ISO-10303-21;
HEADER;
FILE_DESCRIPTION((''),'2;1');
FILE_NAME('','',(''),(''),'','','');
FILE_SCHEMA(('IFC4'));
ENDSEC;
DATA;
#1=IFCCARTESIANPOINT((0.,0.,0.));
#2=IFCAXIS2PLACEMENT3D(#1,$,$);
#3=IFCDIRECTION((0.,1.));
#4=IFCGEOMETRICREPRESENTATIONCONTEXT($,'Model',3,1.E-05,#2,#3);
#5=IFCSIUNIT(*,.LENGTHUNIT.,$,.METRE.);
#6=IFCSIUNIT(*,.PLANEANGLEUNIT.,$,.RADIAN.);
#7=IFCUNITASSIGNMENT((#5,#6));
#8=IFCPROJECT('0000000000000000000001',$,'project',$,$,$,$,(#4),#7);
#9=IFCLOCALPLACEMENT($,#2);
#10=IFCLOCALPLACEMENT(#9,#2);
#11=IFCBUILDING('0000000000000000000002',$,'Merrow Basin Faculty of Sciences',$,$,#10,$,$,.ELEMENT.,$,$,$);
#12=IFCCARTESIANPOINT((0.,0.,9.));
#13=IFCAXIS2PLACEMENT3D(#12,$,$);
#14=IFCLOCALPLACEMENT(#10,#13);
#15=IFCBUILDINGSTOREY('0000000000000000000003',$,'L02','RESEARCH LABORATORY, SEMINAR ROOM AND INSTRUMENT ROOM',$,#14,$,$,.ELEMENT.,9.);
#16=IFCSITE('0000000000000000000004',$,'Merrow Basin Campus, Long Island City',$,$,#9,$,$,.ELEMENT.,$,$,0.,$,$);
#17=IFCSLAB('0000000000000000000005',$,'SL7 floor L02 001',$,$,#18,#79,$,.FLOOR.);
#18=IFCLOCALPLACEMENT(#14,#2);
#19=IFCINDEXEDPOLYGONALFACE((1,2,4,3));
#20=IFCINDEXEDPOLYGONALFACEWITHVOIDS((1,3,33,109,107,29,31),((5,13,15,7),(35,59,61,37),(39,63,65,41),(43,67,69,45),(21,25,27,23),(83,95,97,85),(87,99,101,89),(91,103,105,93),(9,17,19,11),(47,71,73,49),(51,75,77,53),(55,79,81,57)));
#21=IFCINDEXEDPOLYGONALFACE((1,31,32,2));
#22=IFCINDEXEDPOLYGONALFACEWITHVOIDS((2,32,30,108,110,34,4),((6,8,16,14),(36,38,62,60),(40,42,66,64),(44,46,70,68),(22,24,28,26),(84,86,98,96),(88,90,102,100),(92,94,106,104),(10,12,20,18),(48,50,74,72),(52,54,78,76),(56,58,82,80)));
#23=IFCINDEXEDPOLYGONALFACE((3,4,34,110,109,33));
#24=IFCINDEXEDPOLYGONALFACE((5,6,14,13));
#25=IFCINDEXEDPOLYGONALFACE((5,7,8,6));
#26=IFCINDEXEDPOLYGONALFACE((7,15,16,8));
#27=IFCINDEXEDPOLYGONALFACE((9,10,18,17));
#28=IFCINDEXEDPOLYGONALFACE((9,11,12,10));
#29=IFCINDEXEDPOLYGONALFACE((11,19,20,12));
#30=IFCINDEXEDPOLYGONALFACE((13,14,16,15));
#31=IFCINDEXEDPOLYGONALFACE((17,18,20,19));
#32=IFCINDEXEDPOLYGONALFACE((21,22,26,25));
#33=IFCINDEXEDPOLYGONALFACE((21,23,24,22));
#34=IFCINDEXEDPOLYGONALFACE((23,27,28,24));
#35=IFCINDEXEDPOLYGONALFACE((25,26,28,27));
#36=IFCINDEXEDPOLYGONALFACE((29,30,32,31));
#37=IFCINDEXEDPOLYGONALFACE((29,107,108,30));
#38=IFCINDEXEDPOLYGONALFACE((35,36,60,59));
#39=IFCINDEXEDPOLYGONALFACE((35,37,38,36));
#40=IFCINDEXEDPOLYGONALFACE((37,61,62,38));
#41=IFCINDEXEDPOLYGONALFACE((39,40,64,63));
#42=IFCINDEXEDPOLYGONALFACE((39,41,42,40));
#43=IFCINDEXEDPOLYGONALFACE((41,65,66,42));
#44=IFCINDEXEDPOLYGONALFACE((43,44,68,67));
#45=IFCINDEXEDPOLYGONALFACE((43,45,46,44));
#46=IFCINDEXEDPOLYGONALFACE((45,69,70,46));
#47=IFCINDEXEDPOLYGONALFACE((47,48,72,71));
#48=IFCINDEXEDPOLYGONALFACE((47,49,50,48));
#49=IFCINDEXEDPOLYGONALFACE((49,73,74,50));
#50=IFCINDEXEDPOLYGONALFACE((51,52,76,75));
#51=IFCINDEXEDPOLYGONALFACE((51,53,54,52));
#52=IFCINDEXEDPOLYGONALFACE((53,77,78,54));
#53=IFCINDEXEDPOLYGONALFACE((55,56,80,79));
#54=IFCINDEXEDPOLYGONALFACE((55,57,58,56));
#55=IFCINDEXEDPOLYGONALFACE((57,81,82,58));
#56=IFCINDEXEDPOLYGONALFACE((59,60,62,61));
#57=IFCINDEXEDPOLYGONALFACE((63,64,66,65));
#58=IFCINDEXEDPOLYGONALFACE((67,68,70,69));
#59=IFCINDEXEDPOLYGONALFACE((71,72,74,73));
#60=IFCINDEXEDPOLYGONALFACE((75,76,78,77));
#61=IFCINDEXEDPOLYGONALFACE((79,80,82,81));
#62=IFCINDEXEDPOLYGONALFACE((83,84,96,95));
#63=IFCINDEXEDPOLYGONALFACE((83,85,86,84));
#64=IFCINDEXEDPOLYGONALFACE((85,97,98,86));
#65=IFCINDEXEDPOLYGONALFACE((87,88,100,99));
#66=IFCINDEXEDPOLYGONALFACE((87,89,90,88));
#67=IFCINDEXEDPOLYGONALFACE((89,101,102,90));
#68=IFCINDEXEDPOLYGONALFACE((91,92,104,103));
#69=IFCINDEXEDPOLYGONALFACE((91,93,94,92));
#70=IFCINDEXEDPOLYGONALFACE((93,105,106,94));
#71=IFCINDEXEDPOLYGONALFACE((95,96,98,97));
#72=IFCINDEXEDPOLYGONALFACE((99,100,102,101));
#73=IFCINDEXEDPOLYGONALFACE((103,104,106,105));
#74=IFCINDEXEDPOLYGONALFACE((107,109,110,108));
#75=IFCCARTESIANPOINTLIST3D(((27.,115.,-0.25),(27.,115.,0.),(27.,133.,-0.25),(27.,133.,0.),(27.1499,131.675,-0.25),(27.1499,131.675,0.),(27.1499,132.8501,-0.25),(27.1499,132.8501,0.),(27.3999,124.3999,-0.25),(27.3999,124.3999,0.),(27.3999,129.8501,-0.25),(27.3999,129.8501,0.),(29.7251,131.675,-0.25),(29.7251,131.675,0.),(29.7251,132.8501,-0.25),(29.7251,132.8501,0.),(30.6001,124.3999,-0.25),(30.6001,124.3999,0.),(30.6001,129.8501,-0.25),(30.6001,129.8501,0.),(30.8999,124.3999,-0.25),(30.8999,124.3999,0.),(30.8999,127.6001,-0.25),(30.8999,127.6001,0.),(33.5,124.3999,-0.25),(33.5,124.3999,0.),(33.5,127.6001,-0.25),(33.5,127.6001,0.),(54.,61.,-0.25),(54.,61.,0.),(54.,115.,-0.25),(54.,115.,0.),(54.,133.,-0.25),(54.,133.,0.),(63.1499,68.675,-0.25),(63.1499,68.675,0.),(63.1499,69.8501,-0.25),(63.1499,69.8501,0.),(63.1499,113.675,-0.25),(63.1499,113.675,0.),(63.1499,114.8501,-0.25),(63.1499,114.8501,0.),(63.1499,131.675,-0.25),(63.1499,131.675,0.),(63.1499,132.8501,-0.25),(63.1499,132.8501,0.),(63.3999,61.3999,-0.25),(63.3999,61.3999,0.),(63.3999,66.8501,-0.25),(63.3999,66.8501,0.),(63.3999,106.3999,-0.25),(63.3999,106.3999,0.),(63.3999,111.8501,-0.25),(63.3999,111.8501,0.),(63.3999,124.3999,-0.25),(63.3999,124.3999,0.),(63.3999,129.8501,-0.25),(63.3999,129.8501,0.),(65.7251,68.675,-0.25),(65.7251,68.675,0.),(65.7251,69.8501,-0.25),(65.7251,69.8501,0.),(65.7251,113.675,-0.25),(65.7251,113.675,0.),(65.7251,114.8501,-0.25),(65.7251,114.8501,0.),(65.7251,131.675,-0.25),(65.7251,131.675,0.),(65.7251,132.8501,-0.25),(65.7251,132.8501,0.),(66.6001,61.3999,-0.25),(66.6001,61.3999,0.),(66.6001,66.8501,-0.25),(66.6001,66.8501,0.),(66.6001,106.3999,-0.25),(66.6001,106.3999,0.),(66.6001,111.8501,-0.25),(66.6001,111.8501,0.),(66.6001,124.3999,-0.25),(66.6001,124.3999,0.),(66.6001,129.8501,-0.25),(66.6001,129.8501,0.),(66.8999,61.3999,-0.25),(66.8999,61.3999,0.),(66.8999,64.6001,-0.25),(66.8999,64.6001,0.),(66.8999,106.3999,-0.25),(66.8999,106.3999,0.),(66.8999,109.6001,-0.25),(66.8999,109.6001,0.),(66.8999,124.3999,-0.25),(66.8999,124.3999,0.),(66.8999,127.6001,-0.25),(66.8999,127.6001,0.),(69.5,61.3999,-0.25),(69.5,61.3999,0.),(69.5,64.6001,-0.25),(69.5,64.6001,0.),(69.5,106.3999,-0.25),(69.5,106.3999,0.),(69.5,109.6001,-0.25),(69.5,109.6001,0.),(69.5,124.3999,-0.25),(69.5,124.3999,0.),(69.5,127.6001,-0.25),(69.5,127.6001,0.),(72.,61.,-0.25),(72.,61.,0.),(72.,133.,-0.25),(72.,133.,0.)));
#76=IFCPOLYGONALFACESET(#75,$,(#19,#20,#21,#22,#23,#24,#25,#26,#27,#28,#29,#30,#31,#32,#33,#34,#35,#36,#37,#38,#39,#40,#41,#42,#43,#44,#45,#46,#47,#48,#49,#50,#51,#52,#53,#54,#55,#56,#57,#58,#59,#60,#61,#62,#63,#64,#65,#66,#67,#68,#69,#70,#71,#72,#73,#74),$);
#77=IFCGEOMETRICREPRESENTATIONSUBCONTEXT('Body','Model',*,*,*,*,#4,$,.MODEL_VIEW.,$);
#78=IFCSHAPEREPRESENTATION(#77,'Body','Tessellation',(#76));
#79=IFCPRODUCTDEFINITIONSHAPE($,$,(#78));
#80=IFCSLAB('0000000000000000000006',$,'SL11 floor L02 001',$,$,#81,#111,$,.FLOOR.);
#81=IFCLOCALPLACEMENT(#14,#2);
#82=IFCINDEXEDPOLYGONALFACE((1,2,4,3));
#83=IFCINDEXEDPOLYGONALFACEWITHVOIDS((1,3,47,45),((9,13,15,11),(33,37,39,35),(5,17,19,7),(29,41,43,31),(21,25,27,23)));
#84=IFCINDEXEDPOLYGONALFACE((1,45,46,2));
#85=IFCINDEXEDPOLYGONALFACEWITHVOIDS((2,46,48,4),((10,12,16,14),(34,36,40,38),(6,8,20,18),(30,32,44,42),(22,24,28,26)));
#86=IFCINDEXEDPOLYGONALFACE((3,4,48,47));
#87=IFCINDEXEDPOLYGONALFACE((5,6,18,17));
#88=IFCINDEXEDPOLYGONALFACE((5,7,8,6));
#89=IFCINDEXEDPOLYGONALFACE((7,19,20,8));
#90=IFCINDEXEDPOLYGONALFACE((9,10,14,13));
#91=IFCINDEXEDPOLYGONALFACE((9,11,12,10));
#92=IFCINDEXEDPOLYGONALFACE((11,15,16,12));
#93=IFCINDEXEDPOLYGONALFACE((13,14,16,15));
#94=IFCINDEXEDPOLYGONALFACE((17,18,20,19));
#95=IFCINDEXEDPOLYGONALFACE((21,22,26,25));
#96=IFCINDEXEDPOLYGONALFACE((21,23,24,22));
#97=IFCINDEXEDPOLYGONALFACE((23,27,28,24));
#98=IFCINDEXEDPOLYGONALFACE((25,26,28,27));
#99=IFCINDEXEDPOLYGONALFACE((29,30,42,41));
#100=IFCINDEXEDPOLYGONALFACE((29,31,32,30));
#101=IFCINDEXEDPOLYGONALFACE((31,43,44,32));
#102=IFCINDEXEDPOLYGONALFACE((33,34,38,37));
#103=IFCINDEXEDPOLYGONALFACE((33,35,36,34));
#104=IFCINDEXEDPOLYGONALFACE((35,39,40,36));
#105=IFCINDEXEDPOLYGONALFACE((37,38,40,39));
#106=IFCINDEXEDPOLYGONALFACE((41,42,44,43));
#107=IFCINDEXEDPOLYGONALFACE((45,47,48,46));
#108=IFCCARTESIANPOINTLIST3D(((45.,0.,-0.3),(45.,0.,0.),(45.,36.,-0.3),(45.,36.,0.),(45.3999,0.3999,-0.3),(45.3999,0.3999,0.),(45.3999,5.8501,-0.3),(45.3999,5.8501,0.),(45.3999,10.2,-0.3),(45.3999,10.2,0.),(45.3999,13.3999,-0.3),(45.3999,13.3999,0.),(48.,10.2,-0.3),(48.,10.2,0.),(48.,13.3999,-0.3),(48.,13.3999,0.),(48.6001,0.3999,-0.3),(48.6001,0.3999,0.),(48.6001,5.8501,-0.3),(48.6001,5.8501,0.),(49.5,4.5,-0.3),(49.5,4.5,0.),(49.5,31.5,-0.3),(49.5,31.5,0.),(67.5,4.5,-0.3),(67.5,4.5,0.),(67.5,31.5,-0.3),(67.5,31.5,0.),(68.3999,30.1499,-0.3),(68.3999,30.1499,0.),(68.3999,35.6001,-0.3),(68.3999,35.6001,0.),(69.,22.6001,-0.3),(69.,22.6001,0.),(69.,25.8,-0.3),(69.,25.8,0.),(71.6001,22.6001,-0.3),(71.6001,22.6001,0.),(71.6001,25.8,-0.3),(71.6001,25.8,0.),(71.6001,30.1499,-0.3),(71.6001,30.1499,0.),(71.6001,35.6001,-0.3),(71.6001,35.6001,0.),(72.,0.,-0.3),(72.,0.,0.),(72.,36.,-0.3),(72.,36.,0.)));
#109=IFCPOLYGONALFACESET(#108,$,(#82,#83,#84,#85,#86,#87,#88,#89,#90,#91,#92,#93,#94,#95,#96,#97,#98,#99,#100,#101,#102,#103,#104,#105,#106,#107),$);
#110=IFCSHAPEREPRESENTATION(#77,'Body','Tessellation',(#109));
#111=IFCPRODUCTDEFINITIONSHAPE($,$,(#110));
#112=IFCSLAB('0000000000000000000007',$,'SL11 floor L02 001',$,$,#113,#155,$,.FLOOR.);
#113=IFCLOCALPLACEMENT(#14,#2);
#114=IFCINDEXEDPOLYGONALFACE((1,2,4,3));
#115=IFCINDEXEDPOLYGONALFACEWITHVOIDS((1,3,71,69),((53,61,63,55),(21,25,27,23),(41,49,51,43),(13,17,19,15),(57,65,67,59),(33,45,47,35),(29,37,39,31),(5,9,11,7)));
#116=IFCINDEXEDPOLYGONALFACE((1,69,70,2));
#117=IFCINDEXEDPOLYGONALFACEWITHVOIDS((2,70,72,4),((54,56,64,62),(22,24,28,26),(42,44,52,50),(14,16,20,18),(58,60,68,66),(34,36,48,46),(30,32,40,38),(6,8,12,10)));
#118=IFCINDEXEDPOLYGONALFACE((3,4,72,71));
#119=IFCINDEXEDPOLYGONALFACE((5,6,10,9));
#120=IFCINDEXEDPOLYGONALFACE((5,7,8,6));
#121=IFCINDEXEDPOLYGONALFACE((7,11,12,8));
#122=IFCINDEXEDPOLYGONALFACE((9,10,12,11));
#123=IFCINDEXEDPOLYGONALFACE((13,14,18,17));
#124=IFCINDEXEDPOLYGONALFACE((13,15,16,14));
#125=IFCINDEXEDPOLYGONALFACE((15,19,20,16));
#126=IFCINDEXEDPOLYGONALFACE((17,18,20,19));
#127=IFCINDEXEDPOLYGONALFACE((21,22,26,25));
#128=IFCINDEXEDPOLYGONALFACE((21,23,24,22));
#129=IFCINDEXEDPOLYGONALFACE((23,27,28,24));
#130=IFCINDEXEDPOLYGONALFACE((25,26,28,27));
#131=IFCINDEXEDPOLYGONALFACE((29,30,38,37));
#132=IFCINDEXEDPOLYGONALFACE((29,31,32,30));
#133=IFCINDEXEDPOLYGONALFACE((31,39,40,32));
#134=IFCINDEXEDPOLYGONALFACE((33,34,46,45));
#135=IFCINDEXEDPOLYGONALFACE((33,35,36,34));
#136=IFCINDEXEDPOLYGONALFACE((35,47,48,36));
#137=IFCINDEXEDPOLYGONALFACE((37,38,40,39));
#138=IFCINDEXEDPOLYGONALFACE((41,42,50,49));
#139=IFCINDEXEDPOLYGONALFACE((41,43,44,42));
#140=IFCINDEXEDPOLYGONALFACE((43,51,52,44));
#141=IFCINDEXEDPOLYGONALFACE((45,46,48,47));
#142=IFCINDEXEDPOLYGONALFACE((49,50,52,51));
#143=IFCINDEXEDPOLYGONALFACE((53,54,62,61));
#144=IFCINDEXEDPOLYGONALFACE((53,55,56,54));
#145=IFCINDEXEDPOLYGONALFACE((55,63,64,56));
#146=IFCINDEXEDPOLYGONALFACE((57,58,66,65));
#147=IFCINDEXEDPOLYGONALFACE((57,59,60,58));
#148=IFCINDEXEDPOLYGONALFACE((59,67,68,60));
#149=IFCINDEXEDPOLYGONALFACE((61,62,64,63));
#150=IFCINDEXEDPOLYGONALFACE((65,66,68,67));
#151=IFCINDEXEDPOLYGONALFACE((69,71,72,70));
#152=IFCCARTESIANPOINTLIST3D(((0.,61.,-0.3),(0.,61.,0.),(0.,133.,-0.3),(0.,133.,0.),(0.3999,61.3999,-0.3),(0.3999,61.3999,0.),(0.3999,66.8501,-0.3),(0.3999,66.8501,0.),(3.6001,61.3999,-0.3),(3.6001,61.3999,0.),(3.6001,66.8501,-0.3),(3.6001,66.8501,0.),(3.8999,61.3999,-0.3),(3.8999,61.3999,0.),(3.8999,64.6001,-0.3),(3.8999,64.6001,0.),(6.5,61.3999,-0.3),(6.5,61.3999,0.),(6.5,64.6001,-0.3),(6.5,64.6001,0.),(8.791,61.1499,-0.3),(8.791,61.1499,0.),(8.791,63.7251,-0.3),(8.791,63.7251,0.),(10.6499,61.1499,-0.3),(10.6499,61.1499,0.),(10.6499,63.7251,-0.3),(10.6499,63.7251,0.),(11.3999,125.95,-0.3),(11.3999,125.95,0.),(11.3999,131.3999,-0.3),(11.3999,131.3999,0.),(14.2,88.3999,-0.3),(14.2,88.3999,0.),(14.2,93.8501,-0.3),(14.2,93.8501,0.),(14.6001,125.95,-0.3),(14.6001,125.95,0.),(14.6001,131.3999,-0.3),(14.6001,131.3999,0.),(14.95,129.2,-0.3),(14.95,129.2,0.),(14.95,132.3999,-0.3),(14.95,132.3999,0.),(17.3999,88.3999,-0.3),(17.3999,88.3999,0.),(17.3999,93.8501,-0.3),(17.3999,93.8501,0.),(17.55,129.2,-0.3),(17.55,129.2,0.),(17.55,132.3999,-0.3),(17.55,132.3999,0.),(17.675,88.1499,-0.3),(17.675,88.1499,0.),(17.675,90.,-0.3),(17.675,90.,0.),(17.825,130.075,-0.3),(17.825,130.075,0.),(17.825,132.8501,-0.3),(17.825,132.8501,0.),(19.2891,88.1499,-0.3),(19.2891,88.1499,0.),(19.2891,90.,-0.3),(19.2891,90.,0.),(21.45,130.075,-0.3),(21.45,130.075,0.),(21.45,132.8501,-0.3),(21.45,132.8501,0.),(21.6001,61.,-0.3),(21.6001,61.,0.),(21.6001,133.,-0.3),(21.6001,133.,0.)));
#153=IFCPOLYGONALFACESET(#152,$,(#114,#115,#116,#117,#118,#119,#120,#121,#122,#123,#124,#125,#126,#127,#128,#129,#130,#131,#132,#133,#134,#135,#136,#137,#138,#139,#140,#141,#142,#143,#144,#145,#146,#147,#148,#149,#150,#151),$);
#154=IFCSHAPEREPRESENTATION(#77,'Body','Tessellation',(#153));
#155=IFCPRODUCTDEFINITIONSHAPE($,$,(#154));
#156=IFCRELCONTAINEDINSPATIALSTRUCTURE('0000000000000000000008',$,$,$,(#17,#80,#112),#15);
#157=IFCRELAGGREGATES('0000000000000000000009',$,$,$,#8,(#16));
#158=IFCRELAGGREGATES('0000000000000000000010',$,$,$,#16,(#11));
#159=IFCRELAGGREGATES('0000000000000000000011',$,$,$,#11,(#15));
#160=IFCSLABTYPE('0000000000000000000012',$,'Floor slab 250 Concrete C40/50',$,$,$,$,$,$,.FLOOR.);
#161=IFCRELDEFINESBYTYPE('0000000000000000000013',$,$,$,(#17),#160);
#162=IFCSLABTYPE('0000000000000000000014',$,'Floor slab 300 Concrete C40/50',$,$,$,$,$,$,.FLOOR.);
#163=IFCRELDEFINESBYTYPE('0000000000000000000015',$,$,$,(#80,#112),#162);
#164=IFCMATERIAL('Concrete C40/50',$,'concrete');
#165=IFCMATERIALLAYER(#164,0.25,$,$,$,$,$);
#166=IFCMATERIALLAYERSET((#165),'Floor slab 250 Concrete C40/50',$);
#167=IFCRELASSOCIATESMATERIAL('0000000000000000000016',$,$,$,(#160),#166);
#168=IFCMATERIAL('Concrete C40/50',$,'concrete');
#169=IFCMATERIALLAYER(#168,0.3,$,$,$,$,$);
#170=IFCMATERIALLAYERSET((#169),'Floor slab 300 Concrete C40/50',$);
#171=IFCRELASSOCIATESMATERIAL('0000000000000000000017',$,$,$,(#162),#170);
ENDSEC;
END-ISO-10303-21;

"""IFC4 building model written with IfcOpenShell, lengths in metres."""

from ifc_helpers import new_model, si_unit, direction, frame, origin, place, context, subcontext, project, spatial, polyline, outline, extrude, material, layer, layer_set, type_object, element, save


model = new_model("IFC4")

# Units and contexts
model_context = context("Model", 3, precision=1e-05, world=origin(), true_north=direction((0.0, 1.0)))
body_context = subcontext(model_context, "Body", "Model", "MODEL_VIEW")
ifc_project = project(units=[si_unit("LENGTHUNIT", "METRE"), si_unit("PLANEANGLEUNIT", "RADIAN")], contexts=[model_context])

# Site, building, storey
site_placement = place(None, origin())
site = spatial("IfcSite", under=ifc_project, at=site_placement, Name="Merrow Basin Campus, Long Island City", CompositionType="ELEMENT", RefElevation=0.0)
building_placement = place(site_placement, origin())
building = spatial("IfcBuilding", under=site, at=building_placement, Name="Merrow Basin Faculty of Sciences", CompositionType="ELEMENT")
storey_placement = place(building_placement, frame((0.0, 0.0, 9.0)))
storey = spatial("IfcBuildingStorey", under=building, at=storey_placement, Name="L02", Description="RESEARCH LABORATORY, SEMINAR ROOM AND INSTRUMENT ROOM", CompositionType="ELEMENT", Elevation=9.0)

# Slabs
ifc_material_1 = material(Name="Concrete C40/50", Category="concrete")
ifc_layer_1 = layer(ifc_material_1, 0.25)
ifc_layer_set_1 = layer_set([ifc_layer_1], Name="Floor slab 250 Concrete C40/50")
slab_type_1 = type_object("IfcSlabType", Name="Floor slab 250 Concrete C40/50", PredefinedType="FLOOR", material=ifc_layer_set_1)
slab_1_placement = place(storey_placement, frame((0.0, 0.0, -0.25)))
element("IfcSlab", 1, at=slab_1_placement, inside=storey, type_object=slab_type_1, Name="SL7 floor L02 001", PredefinedType="FLOOR", context=body_context, shape_type="SweptSolid", body=[
    extrude(outline(polyline([(54.0, 61.0), (54.0, 115.0), (27.0, 115.0), (27.0, 133.0), (54.0, 133.0), (72.0, 133.0), (72.0, 61.0), (54.0, 61.0)]), holes=[polyline([(66.8999, 61.3999), (69.5, 61.3999), (69.5, 64.6001), (66.8999, 64.6001), (66.8999, 61.3999)]), polyline([(66.8999, 109.6001), (66.8999, 106.3999), (69.5, 106.3999), (69.5, 109.6001), (66.8999, 109.6001)]), polyline([(66.8999, 127.6001), (66.8999, 124.3999), (69.5, 124.3999), (69.5, 127.6001), (66.8999, 127.6001)]), polyline([(63.3999, 66.8501), (63.3999, 61.3999), (66.6001, 61.3999), (66.6001, 66.8501), (63.3999, 66.8501)]), polyline([(63.3999, 106.3999), (66.6001, 106.3999), (66.6001, 111.8501), (63.3999, 111.8501), (63.3999, 106.3999)]), polyline([(63.3999, 129.8501), (63.3999, 124.3999), (66.6001, 124.3999), (66.6001, 129.8501), (63.3999, 129.8501)]), polyline([(63.1499, 68.675), (65.7251, 68.675), (65.7251, 69.8501), (63.1499, 69.8501), (63.1499, 68.675)]), polyline([(63.1499, 114.8501), (63.1499, 113.675), (65.7251, 113.675), (65.7251, 114.8501), (63.1499, 114.8501)]), polyline([(63.1499, 132.8501), (63.1499, 131.675), (65.7251, 131.675), (65.7251, 132.8501), (63.1499, 132.8501)]), polyline([(30.8999, 127.6001), (30.8999, 124.3999), (33.5, 124.3999), (33.5, 127.6001), (30.8999, 127.6001)]), polyline([(27.3999, 124.3999), (30.6001, 124.3999), (30.6001, 129.8501), (27.3999, 129.8501), (27.3999, 124.3999)]), polyline([(27.1499, 132.8501), (27.1499, 131.675), (29.7251, 131.675), (29.7251, 132.8501), (27.1499, 132.8501)])]), origin(), (0.0, 0.0, 1.0), 0.25),
])
ifc_material_2 = material(Name="Concrete C40/50", Category="concrete")
ifc_layer_2 = layer(ifc_material_2, 0.3)
ifc_layer_set_2 = layer_set([ifc_layer_2], Name="Floor slab 300 Concrete C40/50")
slab_type_2 = type_object("IfcSlabType", Name="Floor slab 300 Concrete C40/50", PredefinedType="FLOOR", material=ifc_layer_set_2)
slab_2_placement = place(storey_placement, frame((0.0, 0.0, -0.3)))
element("IfcSlab", 2, at=slab_2_placement, inside=storey, type_object=slab_type_2, Name="SL11 floor L02 001", PredefinedType="FLOOR", context=body_context, shape_type="SweptSolid", body=[
    extrude(outline(polyline([(72.0, 0.0), (45.0, 0.0), (45.0, 36.0), (72.0, 36.0), (72.0, 0.0)]), holes=[polyline([(71.6001, 25.8), (69.0, 25.8), (69.0, 22.6001), (71.6001, 22.6001), (71.6001, 25.8)]), polyline([(71.6001, 35.6001), (68.3999, 35.6001), (68.3999, 30.1499), (71.6001, 30.1499), (71.6001, 35.6001)]), polyline([(67.5, 4.5), (67.5, 31.5), (49.5, 31.5), (49.5, 4.5), (67.5, 4.5)]), polyline([(48.6001, 5.8501), (45.3999, 5.8501), (45.3999, 0.3999), (48.6001, 0.3999), (48.6001, 5.8501)]), polyline([(48.0, 13.3999), (45.3999, 13.3999), (45.3999, 10.2), (48.0, 10.2), (48.0, 13.3999)])]), origin(), (0.0, 0.0, 1.0), 0.3),
])
slab_3_placement = place(storey_placement, frame((0.0, 0.0, -0.3)))
element("IfcSlab", 3, at=slab_3_placement, inside=storey, type_object=slab_type_2, Name="SL11 floor L02 001", PredefinedType="FLOOR", context=body_context, shape_type="SweptSolid", body=[
    extrude(outline(polyline([(21.6001, 133.0), (21.6001, 61.0), (0.0, 61.0), (0.0, 133.0), (21.6001, 133.0)]), holes=[polyline([(21.45, 130.075), (21.45, 132.8501), (17.825, 132.8501), (17.825, 130.075), (21.45, 130.075)]), polyline([(19.2891, 88.1499), (19.2891, 90.0), (17.675, 90.0), (17.675, 88.1499), (19.2891, 88.1499)]), polyline([(17.55, 129.2), (17.55, 132.3999), (14.95, 132.3999), (14.95, 129.2), (17.55, 129.2)]), polyline([(17.3999, 88.3999), (17.3999, 93.8501), (14.2, 93.8501), (14.2, 88.3999), (17.3999, 88.3999)]), polyline([(14.6001, 125.95), (14.6001, 131.3999), (11.3999, 131.3999), (11.3999, 125.95), (14.6001, 125.95)]), polyline([(10.6499, 61.1499), (10.6499, 63.7251), (8.791, 63.7251), (8.791, 61.1499), (10.6499, 61.1499)]), polyline([(6.5, 61.3999), (6.5, 64.6001), (3.8999, 64.6001), (3.8999, 61.3999), (6.5, 61.3999)]), polyline([(3.6001, 61.3999), (3.6001, 66.8501), (0.3999, 66.8501), (0.3999, 61.3999), (3.6001, 61.3999)])]), origin(), (0.0, 0.0, 1.0), 0.3),
])

save(model, "model.ifc")
